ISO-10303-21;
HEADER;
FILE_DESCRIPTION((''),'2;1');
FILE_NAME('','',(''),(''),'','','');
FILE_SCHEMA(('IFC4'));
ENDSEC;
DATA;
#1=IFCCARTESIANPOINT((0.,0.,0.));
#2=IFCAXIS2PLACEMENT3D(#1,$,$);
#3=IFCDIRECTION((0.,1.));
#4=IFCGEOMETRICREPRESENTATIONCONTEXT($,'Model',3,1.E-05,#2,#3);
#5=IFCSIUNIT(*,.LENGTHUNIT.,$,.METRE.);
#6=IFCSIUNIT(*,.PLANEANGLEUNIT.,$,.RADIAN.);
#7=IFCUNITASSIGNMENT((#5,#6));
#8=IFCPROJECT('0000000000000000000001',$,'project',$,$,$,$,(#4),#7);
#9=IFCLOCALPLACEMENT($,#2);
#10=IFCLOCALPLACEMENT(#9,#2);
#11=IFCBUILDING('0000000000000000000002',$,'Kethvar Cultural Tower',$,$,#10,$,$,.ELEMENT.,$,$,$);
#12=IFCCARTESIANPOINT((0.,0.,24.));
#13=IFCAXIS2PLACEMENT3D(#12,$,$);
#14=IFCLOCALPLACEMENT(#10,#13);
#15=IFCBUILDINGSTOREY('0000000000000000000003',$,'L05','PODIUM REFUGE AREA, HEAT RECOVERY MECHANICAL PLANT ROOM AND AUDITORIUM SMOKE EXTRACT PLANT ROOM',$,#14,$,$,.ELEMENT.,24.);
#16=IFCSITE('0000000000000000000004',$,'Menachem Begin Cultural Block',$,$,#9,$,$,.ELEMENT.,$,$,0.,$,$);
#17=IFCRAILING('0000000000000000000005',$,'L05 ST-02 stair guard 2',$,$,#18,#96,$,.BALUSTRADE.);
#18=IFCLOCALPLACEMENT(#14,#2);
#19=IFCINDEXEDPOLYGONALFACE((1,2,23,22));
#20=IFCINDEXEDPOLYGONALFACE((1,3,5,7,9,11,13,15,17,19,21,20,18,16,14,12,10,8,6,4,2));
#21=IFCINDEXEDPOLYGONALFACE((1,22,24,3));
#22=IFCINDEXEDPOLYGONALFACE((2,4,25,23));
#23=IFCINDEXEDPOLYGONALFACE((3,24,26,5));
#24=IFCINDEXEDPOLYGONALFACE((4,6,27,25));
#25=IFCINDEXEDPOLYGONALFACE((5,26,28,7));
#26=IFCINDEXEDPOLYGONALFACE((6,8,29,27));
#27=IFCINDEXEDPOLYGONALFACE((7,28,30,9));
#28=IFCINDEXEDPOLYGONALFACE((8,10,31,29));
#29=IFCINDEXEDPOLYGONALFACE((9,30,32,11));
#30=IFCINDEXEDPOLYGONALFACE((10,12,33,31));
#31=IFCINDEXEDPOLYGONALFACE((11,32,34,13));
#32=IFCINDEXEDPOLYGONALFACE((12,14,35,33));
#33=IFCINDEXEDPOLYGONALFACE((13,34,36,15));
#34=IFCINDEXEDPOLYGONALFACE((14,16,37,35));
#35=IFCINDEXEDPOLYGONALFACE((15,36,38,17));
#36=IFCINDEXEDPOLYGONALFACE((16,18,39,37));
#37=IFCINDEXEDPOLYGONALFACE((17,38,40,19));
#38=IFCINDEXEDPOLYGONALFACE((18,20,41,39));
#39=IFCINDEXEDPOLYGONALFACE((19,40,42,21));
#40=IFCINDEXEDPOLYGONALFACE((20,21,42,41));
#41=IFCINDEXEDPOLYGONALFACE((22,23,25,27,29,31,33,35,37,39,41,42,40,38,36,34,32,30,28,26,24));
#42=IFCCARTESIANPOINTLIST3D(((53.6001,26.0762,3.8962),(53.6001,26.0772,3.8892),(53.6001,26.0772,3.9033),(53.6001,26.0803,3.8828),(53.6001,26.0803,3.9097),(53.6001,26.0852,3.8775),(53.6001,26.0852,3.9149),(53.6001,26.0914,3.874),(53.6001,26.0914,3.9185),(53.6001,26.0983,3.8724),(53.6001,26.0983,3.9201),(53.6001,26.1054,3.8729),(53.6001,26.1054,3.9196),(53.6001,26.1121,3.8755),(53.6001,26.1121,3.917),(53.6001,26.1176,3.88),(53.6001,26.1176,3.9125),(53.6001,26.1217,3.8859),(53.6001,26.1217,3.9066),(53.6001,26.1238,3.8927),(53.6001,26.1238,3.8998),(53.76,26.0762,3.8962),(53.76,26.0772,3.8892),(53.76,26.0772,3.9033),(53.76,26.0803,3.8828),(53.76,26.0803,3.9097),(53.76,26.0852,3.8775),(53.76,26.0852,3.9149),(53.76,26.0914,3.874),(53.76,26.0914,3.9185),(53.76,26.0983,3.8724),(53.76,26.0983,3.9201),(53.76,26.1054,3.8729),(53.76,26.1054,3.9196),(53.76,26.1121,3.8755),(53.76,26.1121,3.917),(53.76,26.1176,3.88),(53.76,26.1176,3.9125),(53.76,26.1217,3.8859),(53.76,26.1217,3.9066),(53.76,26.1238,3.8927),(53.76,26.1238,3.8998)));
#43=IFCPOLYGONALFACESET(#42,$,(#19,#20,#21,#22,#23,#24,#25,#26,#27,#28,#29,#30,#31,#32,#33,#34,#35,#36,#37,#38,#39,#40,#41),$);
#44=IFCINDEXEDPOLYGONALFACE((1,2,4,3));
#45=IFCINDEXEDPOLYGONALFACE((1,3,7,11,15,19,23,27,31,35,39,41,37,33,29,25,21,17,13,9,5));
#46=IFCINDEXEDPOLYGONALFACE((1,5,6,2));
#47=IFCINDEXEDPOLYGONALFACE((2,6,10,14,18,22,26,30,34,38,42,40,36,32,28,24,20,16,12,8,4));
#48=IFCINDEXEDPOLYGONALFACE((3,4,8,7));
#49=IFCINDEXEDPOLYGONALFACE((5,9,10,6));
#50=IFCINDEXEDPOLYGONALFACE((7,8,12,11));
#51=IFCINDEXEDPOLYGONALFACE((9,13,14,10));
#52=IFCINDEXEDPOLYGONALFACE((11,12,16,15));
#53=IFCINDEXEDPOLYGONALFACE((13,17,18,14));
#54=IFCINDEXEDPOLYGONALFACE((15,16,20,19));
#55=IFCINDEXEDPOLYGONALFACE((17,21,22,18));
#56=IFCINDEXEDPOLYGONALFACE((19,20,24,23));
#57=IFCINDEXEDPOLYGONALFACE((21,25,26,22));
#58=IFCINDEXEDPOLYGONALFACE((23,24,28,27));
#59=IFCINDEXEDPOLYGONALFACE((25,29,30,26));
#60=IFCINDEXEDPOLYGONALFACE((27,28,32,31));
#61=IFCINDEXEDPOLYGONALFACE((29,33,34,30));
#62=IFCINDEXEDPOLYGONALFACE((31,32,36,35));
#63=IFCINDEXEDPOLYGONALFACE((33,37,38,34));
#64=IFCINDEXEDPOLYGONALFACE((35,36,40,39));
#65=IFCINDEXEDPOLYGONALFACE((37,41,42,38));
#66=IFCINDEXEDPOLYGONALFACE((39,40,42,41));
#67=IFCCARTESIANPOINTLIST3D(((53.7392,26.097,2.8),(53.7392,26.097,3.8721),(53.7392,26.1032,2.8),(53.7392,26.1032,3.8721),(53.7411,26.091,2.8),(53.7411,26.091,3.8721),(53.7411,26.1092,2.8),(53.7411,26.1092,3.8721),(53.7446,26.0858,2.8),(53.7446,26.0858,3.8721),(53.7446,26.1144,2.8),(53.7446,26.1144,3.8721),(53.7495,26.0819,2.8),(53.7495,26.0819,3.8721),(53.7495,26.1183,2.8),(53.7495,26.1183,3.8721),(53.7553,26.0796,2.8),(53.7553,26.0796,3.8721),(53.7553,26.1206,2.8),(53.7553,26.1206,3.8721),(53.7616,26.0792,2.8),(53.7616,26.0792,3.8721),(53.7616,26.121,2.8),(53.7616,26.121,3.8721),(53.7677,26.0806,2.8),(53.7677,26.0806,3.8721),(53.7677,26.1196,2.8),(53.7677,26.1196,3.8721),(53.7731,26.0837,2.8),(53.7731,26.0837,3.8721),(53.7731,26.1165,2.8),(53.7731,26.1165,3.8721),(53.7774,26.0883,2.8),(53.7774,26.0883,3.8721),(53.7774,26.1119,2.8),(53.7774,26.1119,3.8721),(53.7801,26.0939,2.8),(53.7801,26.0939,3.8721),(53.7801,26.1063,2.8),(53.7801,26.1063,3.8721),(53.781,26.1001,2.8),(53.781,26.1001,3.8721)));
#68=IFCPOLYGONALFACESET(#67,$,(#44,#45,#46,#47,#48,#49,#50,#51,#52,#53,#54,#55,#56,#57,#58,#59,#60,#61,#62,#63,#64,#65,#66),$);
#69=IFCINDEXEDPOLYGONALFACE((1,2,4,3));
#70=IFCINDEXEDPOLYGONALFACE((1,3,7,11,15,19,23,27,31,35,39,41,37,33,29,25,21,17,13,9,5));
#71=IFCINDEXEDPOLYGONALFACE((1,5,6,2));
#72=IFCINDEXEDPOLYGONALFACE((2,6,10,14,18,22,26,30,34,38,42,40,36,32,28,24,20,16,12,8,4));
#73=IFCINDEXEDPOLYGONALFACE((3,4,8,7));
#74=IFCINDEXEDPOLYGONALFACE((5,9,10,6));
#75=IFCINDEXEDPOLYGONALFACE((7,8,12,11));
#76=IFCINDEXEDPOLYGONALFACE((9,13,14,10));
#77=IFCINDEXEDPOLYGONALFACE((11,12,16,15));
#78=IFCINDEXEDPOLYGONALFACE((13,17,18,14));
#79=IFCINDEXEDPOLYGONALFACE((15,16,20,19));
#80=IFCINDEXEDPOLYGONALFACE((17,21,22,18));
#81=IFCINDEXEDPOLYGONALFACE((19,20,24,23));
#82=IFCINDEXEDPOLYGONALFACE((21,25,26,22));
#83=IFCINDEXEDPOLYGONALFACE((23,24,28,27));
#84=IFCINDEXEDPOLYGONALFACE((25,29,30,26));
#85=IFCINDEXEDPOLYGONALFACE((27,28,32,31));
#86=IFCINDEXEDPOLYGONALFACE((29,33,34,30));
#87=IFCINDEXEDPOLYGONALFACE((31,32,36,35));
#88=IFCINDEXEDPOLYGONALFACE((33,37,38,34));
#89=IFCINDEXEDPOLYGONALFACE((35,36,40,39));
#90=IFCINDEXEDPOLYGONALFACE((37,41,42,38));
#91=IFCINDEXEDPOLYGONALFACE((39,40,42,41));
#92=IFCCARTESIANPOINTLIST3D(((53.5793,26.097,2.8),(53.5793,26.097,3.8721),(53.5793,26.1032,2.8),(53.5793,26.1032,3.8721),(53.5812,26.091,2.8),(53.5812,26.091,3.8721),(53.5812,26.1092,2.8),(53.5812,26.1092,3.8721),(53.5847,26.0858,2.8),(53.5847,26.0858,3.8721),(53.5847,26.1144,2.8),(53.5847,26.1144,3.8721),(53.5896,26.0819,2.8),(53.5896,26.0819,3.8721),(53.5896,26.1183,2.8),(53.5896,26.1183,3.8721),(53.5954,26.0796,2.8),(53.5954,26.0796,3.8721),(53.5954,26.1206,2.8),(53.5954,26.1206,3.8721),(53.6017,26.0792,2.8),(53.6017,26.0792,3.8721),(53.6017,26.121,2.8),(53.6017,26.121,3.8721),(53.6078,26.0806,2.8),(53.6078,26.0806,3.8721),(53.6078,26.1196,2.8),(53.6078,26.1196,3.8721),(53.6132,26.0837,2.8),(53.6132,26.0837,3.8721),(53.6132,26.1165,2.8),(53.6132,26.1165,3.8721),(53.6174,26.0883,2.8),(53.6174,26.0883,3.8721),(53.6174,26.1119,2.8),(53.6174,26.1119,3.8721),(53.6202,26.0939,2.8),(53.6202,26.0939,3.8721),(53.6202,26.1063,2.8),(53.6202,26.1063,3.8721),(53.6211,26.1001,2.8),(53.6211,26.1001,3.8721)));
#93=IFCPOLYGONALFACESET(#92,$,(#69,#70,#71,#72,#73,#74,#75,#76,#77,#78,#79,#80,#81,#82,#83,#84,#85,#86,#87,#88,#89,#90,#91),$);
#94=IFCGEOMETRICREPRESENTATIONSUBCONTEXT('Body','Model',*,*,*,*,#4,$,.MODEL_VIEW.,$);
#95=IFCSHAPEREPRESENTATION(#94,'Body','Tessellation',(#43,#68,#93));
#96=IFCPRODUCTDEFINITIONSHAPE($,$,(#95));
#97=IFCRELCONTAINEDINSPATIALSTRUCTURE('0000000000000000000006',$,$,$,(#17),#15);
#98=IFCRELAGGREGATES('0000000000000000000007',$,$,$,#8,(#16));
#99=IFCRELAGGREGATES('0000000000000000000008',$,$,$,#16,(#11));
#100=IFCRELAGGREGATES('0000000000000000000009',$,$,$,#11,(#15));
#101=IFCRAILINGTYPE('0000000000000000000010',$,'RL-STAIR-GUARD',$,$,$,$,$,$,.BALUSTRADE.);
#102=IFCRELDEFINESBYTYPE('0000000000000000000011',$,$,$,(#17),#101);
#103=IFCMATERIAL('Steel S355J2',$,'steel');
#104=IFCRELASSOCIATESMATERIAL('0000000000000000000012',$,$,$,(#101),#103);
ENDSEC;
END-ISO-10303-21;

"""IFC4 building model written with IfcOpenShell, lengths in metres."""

from ifc_helpers import new_model, si_unit, direction, frame, origin, origin_2d, place, context, subcontext, project, spatial, circle, extrude, material, type_object, element, save


model = new_model("IFC4")

# Units and contexts
model_context = context("Model", 3, precision=1e-05, world=origin(), true_north=direction((0.0, 1.0)))
body_context = subcontext(model_context, "Body", "Model", "MODEL_VIEW")
ifc_project = project(units=[si_unit("LENGTHUNIT", "METRE"), si_unit("PLANEANGLEUNIT", "RADIAN")], contexts=[model_context])

# Site, building, storey
site_placement = place(None, origin())
site = spatial("IfcSite", under=ifc_project, at=site_placement, Name="Menachem Begin Cultural Block", CompositionType="ELEMENT", RefElevation=0.0)
building_placement = place(site_placement, origin())
building = spatial("IfcBuilding", under=site, at=building_placement, Name="Kethvar Cultural Tower", CompositionType="ELEMENT")
storey_placement = place(building_placement, frame((0.0, 0.0, 24.0)))
storey = spatial("IfcBuildingStorey", under=building, at=storey_placement, Name="L05", Description="PODIUM REFUGE AREA, HEAT RECOVERY MECHANICAL PLANT ROOM AND AUDITORIUM SMOKE EXTRACT PLANT ROOM", CompositionType="ELEMENT", Elevation=24.0)

# Shared definitions
ifc_material_1 = material(Name="Steel S355J2", Category="steel")

# Railing
railing_type_1 = type_object("IfcRailingType", Name="RL-STAIR-GUARD", PredefinedType="BALUSTRADE", material=ifc_material_1)
railing_1_placement = place(storey_placement, frame((53.76, 26.1001, 2.8)))
element("IfcRailing", 1, at=railing_1_placement, inside=storey, type_object=railing_type_1, Name="L05 ST-02 stair guard 2", PredefinedType="BALUSTRADE", context=body_context, shape_type="SweptSolid", body=[
    extrude(circle(Radius=0.0239, at=origin_2d()), frame((0.0, 0.0, 1.0962), z_axis=(-1.0, 0.0, 0.0), x_axis=(0.0, -1.0, 0.0)), (0.0, 0.0, 1.0), 0.1599),
    extrude(circle(Radius=0.021, at=origin_2d()), origin(), (0.0, 0.0, 1.0), 1.072),
    extrude(circle(Radius=0.021, at=origin_2d()), frame((-0.1599, 0.0, 0.0)), (0.0, 0.0, 1.0), 1.072),
])

save(model, "model.ifc")
